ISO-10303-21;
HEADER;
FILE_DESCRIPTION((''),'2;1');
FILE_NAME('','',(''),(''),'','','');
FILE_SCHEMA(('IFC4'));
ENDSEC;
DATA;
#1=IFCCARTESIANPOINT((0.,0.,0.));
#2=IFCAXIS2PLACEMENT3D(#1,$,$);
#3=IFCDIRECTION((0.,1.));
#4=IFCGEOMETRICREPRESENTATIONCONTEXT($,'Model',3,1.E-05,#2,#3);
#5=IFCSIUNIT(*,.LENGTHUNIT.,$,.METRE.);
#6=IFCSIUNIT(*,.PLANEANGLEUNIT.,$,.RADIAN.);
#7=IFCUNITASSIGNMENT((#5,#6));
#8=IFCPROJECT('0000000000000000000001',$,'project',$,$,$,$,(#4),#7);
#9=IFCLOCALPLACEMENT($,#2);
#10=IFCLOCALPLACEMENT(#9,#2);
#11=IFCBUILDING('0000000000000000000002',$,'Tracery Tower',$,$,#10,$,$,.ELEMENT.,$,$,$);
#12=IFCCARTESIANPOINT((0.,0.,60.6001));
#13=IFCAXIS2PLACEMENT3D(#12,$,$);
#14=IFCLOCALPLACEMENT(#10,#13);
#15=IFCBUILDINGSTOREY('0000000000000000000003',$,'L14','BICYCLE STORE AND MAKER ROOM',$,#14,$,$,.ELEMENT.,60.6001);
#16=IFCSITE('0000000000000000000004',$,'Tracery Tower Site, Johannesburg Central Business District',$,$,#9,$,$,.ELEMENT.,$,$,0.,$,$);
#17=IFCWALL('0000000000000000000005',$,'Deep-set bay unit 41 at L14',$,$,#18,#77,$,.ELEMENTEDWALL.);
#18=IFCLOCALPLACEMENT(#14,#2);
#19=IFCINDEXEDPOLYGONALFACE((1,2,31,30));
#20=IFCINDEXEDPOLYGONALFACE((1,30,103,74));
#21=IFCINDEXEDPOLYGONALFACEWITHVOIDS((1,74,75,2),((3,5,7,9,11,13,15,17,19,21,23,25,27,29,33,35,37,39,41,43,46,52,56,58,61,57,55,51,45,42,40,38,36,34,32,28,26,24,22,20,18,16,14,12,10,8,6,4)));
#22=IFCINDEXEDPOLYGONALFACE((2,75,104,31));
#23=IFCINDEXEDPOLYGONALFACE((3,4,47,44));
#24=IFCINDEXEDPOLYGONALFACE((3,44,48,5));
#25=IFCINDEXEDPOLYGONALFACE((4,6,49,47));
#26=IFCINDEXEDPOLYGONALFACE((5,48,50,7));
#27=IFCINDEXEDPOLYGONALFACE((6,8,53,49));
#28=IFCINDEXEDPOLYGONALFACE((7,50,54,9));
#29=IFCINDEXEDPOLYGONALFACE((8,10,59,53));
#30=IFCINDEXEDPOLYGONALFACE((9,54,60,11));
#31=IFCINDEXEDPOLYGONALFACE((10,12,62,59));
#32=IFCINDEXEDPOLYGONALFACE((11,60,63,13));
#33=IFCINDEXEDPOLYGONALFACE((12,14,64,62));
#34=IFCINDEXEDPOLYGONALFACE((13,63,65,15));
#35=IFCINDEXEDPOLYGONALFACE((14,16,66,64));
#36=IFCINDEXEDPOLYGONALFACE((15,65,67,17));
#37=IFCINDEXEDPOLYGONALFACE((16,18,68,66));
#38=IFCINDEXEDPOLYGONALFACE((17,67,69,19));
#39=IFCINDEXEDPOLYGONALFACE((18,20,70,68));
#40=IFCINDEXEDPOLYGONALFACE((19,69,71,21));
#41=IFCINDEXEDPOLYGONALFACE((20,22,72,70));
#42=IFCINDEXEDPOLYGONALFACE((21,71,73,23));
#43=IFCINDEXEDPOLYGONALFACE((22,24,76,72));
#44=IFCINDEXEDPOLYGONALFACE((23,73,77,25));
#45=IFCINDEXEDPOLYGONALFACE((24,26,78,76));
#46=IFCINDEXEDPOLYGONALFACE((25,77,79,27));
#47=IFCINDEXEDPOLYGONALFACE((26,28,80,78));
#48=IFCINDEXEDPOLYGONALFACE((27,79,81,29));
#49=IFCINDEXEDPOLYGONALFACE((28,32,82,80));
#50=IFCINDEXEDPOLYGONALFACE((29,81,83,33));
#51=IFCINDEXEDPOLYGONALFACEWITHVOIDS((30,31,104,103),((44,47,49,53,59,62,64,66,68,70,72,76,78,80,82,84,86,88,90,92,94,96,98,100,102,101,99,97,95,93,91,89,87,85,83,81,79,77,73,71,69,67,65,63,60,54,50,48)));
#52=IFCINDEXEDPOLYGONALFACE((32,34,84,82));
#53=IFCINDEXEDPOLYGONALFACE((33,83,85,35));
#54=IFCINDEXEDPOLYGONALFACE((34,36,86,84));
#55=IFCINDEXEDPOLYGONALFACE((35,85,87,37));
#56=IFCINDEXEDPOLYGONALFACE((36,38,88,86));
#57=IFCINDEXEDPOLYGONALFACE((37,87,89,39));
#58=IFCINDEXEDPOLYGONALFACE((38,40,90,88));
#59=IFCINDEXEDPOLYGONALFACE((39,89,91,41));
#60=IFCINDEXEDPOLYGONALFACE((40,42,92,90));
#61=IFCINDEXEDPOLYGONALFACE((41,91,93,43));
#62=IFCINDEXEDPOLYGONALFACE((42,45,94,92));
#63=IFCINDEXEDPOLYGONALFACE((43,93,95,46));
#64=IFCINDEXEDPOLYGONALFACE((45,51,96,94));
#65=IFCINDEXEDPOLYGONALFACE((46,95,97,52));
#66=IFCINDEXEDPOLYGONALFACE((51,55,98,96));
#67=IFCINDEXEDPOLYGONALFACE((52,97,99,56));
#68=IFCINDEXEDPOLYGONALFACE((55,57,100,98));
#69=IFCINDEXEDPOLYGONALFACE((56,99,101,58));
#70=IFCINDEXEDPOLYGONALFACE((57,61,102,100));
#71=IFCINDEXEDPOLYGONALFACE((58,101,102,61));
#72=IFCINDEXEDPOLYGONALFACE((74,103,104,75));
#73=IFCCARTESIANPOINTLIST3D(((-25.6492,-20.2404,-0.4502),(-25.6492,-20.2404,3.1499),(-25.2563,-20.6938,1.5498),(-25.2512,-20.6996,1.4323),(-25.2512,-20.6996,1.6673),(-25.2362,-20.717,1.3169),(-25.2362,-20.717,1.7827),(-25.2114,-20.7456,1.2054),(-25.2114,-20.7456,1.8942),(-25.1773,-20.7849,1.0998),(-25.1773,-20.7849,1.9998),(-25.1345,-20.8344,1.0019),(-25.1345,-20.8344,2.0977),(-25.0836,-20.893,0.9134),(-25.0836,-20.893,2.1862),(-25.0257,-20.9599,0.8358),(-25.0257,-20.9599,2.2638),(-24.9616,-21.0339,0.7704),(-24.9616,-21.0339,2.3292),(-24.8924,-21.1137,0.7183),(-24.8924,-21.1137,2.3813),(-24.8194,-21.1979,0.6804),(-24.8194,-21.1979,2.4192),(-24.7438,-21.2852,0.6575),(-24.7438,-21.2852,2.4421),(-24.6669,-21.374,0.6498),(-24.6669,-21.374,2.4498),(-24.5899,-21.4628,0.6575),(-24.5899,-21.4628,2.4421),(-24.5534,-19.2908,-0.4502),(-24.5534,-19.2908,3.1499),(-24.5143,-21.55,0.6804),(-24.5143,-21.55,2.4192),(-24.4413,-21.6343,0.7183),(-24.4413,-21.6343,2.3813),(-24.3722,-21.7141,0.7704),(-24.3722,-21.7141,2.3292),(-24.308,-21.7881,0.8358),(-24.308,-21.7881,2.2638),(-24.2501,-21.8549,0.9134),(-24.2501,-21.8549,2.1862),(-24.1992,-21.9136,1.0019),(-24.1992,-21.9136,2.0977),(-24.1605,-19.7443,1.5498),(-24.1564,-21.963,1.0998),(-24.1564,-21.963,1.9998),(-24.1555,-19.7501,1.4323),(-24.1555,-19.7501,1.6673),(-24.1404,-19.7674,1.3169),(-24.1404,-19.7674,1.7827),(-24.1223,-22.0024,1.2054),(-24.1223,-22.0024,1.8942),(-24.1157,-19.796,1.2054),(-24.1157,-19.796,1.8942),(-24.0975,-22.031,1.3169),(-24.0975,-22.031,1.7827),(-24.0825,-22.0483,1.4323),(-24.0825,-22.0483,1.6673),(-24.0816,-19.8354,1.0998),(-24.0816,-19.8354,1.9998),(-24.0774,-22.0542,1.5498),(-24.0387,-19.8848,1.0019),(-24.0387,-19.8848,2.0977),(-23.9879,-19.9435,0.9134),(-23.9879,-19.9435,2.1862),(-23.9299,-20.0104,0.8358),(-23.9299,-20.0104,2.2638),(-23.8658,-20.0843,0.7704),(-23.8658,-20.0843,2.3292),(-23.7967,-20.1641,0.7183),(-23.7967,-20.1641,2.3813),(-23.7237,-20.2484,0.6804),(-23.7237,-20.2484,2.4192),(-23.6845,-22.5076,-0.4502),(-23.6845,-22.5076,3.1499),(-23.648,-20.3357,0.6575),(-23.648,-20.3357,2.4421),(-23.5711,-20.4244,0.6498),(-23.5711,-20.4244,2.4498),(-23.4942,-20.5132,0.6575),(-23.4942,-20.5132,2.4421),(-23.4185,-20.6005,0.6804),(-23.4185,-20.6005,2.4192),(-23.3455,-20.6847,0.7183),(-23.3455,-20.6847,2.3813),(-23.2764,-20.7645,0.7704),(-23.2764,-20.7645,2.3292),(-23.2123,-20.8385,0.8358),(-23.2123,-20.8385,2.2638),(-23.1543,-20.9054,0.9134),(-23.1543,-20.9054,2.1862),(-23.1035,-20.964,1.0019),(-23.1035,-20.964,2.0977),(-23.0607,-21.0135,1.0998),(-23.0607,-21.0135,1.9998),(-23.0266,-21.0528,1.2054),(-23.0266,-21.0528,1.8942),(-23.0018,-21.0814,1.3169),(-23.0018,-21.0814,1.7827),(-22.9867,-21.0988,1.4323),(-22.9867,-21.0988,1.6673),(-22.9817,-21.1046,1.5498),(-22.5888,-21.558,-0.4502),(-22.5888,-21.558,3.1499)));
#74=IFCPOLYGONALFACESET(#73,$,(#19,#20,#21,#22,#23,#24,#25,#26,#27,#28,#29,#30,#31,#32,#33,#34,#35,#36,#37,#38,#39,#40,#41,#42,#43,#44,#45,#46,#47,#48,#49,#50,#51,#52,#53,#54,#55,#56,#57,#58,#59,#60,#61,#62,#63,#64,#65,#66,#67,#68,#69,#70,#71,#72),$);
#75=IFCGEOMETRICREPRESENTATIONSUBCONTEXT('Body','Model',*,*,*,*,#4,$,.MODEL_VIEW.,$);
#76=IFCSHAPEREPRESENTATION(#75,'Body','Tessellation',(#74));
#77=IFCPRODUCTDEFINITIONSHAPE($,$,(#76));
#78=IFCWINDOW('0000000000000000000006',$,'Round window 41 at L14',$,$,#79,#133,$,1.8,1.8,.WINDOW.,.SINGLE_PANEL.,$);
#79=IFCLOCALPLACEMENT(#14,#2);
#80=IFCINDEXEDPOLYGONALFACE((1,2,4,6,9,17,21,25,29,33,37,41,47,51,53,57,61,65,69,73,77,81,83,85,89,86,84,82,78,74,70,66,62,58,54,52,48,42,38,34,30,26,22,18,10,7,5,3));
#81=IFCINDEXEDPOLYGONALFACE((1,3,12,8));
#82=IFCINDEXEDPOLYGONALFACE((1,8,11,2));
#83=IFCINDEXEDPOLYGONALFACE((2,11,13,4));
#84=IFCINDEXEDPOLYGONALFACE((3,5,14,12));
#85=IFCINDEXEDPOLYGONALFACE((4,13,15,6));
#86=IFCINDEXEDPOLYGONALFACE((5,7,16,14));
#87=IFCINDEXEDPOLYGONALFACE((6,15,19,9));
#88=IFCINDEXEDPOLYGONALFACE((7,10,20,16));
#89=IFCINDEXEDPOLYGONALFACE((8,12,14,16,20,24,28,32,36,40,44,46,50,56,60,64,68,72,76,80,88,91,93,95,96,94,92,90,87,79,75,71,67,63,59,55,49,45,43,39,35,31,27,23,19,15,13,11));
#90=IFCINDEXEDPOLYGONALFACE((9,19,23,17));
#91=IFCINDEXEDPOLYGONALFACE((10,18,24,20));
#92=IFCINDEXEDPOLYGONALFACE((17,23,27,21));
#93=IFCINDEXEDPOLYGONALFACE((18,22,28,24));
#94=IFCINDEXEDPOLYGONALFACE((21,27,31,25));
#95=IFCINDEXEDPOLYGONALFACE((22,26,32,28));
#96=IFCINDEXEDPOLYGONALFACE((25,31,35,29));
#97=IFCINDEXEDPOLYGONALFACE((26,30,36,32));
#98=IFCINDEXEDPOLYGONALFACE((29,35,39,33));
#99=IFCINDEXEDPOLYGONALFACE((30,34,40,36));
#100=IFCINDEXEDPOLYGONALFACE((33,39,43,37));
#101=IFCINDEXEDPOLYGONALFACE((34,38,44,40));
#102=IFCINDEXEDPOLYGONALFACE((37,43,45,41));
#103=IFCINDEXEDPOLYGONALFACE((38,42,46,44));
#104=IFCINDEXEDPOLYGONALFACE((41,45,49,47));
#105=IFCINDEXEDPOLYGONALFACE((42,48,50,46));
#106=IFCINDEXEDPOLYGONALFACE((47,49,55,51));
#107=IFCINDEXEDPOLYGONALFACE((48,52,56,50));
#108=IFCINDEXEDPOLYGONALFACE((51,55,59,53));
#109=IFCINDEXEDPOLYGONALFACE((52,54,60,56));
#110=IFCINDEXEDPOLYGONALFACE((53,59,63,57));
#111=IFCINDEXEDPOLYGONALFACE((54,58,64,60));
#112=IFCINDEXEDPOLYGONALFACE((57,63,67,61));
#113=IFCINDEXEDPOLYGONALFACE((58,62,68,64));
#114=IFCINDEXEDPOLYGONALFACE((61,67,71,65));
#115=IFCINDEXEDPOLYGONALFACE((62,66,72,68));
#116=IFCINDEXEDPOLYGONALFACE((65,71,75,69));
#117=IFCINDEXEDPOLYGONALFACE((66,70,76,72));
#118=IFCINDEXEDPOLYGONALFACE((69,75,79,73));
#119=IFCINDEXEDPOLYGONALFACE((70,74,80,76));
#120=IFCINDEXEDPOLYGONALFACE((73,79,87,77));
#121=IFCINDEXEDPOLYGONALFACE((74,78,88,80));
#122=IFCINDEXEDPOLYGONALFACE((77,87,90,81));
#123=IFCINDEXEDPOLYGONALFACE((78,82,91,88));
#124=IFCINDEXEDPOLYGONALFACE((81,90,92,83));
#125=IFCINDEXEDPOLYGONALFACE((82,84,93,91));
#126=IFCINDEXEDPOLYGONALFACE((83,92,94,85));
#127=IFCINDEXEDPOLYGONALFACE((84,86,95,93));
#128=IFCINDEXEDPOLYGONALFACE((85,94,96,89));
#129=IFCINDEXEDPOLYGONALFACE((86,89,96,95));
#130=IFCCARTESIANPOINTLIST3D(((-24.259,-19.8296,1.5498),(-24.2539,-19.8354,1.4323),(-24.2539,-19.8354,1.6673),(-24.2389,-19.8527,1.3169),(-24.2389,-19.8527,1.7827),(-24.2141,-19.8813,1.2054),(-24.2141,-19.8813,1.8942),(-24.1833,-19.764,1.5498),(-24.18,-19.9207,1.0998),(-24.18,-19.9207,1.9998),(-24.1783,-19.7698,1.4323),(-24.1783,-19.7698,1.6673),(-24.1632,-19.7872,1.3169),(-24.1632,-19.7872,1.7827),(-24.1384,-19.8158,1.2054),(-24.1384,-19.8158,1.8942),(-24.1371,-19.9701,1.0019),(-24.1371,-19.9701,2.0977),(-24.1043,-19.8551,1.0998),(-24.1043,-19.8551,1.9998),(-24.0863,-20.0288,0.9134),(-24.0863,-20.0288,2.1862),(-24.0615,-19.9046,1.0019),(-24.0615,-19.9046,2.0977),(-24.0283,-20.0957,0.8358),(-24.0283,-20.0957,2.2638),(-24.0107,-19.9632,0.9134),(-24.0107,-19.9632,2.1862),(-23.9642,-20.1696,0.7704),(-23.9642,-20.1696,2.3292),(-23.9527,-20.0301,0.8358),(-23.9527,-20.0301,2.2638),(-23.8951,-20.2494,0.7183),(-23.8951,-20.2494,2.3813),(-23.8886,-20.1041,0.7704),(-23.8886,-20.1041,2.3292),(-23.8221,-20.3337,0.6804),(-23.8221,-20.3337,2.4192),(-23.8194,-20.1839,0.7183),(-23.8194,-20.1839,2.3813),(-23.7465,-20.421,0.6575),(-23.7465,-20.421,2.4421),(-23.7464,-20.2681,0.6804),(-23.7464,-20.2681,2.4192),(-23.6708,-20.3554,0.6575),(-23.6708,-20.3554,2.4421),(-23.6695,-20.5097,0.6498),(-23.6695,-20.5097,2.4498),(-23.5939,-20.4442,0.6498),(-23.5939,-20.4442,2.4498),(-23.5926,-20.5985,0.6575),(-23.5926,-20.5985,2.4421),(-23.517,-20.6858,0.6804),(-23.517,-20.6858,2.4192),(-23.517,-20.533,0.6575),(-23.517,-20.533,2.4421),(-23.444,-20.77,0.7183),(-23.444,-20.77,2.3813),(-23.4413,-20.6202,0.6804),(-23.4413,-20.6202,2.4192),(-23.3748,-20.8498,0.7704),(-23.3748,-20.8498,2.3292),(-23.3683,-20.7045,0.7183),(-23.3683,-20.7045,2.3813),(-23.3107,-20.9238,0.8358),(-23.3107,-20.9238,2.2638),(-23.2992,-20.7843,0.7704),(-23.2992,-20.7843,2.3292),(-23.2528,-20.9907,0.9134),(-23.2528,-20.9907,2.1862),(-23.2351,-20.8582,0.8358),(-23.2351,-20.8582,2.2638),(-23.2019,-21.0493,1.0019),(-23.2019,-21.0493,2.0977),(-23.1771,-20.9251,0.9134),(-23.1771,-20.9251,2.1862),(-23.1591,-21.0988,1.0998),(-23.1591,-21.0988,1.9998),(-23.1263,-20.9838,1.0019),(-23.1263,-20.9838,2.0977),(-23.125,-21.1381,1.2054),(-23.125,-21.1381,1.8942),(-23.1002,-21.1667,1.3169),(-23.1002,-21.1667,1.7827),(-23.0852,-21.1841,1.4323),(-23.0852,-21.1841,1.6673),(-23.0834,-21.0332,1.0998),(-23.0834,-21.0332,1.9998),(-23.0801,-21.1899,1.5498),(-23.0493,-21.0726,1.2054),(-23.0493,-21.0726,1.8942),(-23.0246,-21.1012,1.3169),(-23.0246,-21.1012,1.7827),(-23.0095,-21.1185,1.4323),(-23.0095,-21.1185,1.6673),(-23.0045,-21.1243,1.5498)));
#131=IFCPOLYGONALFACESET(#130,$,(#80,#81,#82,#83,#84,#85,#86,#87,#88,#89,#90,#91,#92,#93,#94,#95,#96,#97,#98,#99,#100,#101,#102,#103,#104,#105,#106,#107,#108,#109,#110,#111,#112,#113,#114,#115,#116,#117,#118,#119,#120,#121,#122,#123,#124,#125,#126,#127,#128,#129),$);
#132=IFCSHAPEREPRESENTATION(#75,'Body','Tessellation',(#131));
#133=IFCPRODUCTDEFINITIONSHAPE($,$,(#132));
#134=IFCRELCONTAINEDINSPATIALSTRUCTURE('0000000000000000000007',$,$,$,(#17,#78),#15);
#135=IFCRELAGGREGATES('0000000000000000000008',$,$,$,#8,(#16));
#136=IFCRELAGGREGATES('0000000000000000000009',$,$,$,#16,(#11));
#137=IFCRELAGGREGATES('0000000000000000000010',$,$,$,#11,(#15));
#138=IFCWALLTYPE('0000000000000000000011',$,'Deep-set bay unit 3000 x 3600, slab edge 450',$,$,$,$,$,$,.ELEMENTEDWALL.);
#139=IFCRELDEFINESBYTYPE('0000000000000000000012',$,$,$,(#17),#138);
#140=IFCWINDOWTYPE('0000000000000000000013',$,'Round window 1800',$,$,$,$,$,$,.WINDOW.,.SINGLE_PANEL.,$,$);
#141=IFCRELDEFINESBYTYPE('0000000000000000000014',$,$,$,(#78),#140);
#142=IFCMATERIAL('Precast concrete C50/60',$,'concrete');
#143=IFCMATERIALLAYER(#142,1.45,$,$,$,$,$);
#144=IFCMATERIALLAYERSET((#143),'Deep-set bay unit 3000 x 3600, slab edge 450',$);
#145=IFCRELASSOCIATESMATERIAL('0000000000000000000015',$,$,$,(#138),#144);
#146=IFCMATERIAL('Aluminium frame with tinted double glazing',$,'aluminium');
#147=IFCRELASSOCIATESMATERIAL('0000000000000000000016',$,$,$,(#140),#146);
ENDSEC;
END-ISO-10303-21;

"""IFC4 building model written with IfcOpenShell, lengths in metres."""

from ifc_helpers import new_model, si_unit, direction, frame, frame_2d, origin, origin_2d, place, context, subcontext, project, spatial, rectangle, circle, extrude, material, layer, layer_set, type_object, element, fill, save


model = new_model("IFC4")

# Units and contexts
model_context = context("Model", 3, precision=1e-05, world=origin(), true_north=direction((0.0, 1.0)))
body_context = subcontext(model_context, "Body", "Model", "MODEL_VIEW")
ifc_project = project(units=[si_unit("LENGTHUNIT", "METRE"), si_unit("PLANEANGLEUNIT", "RADIAN")], contexts=[model_context])

# Site, building, storey
site_placement = place(None, origin())
site = spatial("IfcSite", under=ifc_project, at=site_placement, Name="Tracery Tower Site, Johannesburg Central Business District", CompositionType="ELEMENT", RefElevation=0.0)
building_placement = place(site_placement, origin())
building = spatial("IfcBuilding", under=site, at=building_placement, Name="Tracery Tower", CompositionType="ELEMENT")
storey_placement = place(building_placement, frame((0.0, 0.0, 60.6001)))
storey = spatial("IfcBuildingStorey", under=building, at=storey_placement, Name="L14", Description="BICYCLE STORE AND MAKER ROOM", CompositionType="ELEMENT", Elevation=60.6001)

# Wall, opening, window
ifc_material_1 = material(Name="Precast concrete C50/60", Category="concrete")
ifc_layer_1 = layer(ifc_material_1, 1.45)
ifc_layer_set_1 = layer_set([ifc_layer_1], Name="Deep-set bay unit 3000 x 3600, slab edge 450")
wall_type_1 = type_object("IfcWallType", Name="Deep-set bay unit 3000 x 3600, slab edge 450", PredefinedType="ELEMENTEDWALL", material=ifc_layer_set_1)
wall_1_placement = place(storey_placement, frame((-25.1013, -19.7656, -0.4502), z_axis=(0.0, 0.0, 1.0), x_axis=(0.65489, -0.755724, 0.0)))
wall_1 = element("IfcWall", 1, at=wall_1_placement, inside=storey, type_object=wall_type_1, Name="Deep-set bay unit 41 at L14", PredefinedType="ELEMENTEDWALL", context=body_context, shape_type="SweptSolid", body=[
    extrude(rectangle(XDim=3.0, YDim=1.45, at=frame_2d((1.5, 0.0))), origin(), (0.0, 0.0, 1.0), 3.6001),
])
opening_1_placement = place(wall_1_placement, frame((1.5, 0.0, 2.0)))
opening_1 = element("IfcOpeningElement", 2, at=opening_1_placement, cuts=wall_1, PredefinedType="OPENING", context=body_context, shape_type="SweptSolid", body=[
    extrude(circle(Radius=0.9, at=origin_2d()), frame((0.0, 0.7349, 0.0), z_axis=(0.0, -1.0, 0.0), x_axis=(1.0, 0.0, 0.0)), (0.0, 0.0, 1.0), 1.47),
])
ifc_material_2 = material(Name="Aluminium frame with tinted double glazing", Category="aluminium")
window_type = type_object("IfcWindowType", Name="Round window 1800", PartitioningType="SINGLE_PANEL", PredefinedType="WINDOW", material=ifc_material_2)
window_1_placement = place(opening_1_placement, origin())
window_1 = element("IfcWindow", 3, at=window_1_placement, inside=storey, type_object=window_type, Name="Round window 41 at L14", OverallHeight=1.8, OverallWidth=1.8, PartitioningType="SINGLE_PANEL", PredefinedType="WINDOW", context=body_context, shape_type="SweptSolid", body=[
    extrude(circle(Radius=0.9, at=origin_2d()), frame((0.0, 0.6948, 0.0), z_axis=(0.0, -1.0, 0.0), x_axis=(1.0, 0.0, 0.0)), (0.0, 0.0, 1.0), 0.1001),
])
fill(opening_1, window_1)

save(model, "model.ifc")
